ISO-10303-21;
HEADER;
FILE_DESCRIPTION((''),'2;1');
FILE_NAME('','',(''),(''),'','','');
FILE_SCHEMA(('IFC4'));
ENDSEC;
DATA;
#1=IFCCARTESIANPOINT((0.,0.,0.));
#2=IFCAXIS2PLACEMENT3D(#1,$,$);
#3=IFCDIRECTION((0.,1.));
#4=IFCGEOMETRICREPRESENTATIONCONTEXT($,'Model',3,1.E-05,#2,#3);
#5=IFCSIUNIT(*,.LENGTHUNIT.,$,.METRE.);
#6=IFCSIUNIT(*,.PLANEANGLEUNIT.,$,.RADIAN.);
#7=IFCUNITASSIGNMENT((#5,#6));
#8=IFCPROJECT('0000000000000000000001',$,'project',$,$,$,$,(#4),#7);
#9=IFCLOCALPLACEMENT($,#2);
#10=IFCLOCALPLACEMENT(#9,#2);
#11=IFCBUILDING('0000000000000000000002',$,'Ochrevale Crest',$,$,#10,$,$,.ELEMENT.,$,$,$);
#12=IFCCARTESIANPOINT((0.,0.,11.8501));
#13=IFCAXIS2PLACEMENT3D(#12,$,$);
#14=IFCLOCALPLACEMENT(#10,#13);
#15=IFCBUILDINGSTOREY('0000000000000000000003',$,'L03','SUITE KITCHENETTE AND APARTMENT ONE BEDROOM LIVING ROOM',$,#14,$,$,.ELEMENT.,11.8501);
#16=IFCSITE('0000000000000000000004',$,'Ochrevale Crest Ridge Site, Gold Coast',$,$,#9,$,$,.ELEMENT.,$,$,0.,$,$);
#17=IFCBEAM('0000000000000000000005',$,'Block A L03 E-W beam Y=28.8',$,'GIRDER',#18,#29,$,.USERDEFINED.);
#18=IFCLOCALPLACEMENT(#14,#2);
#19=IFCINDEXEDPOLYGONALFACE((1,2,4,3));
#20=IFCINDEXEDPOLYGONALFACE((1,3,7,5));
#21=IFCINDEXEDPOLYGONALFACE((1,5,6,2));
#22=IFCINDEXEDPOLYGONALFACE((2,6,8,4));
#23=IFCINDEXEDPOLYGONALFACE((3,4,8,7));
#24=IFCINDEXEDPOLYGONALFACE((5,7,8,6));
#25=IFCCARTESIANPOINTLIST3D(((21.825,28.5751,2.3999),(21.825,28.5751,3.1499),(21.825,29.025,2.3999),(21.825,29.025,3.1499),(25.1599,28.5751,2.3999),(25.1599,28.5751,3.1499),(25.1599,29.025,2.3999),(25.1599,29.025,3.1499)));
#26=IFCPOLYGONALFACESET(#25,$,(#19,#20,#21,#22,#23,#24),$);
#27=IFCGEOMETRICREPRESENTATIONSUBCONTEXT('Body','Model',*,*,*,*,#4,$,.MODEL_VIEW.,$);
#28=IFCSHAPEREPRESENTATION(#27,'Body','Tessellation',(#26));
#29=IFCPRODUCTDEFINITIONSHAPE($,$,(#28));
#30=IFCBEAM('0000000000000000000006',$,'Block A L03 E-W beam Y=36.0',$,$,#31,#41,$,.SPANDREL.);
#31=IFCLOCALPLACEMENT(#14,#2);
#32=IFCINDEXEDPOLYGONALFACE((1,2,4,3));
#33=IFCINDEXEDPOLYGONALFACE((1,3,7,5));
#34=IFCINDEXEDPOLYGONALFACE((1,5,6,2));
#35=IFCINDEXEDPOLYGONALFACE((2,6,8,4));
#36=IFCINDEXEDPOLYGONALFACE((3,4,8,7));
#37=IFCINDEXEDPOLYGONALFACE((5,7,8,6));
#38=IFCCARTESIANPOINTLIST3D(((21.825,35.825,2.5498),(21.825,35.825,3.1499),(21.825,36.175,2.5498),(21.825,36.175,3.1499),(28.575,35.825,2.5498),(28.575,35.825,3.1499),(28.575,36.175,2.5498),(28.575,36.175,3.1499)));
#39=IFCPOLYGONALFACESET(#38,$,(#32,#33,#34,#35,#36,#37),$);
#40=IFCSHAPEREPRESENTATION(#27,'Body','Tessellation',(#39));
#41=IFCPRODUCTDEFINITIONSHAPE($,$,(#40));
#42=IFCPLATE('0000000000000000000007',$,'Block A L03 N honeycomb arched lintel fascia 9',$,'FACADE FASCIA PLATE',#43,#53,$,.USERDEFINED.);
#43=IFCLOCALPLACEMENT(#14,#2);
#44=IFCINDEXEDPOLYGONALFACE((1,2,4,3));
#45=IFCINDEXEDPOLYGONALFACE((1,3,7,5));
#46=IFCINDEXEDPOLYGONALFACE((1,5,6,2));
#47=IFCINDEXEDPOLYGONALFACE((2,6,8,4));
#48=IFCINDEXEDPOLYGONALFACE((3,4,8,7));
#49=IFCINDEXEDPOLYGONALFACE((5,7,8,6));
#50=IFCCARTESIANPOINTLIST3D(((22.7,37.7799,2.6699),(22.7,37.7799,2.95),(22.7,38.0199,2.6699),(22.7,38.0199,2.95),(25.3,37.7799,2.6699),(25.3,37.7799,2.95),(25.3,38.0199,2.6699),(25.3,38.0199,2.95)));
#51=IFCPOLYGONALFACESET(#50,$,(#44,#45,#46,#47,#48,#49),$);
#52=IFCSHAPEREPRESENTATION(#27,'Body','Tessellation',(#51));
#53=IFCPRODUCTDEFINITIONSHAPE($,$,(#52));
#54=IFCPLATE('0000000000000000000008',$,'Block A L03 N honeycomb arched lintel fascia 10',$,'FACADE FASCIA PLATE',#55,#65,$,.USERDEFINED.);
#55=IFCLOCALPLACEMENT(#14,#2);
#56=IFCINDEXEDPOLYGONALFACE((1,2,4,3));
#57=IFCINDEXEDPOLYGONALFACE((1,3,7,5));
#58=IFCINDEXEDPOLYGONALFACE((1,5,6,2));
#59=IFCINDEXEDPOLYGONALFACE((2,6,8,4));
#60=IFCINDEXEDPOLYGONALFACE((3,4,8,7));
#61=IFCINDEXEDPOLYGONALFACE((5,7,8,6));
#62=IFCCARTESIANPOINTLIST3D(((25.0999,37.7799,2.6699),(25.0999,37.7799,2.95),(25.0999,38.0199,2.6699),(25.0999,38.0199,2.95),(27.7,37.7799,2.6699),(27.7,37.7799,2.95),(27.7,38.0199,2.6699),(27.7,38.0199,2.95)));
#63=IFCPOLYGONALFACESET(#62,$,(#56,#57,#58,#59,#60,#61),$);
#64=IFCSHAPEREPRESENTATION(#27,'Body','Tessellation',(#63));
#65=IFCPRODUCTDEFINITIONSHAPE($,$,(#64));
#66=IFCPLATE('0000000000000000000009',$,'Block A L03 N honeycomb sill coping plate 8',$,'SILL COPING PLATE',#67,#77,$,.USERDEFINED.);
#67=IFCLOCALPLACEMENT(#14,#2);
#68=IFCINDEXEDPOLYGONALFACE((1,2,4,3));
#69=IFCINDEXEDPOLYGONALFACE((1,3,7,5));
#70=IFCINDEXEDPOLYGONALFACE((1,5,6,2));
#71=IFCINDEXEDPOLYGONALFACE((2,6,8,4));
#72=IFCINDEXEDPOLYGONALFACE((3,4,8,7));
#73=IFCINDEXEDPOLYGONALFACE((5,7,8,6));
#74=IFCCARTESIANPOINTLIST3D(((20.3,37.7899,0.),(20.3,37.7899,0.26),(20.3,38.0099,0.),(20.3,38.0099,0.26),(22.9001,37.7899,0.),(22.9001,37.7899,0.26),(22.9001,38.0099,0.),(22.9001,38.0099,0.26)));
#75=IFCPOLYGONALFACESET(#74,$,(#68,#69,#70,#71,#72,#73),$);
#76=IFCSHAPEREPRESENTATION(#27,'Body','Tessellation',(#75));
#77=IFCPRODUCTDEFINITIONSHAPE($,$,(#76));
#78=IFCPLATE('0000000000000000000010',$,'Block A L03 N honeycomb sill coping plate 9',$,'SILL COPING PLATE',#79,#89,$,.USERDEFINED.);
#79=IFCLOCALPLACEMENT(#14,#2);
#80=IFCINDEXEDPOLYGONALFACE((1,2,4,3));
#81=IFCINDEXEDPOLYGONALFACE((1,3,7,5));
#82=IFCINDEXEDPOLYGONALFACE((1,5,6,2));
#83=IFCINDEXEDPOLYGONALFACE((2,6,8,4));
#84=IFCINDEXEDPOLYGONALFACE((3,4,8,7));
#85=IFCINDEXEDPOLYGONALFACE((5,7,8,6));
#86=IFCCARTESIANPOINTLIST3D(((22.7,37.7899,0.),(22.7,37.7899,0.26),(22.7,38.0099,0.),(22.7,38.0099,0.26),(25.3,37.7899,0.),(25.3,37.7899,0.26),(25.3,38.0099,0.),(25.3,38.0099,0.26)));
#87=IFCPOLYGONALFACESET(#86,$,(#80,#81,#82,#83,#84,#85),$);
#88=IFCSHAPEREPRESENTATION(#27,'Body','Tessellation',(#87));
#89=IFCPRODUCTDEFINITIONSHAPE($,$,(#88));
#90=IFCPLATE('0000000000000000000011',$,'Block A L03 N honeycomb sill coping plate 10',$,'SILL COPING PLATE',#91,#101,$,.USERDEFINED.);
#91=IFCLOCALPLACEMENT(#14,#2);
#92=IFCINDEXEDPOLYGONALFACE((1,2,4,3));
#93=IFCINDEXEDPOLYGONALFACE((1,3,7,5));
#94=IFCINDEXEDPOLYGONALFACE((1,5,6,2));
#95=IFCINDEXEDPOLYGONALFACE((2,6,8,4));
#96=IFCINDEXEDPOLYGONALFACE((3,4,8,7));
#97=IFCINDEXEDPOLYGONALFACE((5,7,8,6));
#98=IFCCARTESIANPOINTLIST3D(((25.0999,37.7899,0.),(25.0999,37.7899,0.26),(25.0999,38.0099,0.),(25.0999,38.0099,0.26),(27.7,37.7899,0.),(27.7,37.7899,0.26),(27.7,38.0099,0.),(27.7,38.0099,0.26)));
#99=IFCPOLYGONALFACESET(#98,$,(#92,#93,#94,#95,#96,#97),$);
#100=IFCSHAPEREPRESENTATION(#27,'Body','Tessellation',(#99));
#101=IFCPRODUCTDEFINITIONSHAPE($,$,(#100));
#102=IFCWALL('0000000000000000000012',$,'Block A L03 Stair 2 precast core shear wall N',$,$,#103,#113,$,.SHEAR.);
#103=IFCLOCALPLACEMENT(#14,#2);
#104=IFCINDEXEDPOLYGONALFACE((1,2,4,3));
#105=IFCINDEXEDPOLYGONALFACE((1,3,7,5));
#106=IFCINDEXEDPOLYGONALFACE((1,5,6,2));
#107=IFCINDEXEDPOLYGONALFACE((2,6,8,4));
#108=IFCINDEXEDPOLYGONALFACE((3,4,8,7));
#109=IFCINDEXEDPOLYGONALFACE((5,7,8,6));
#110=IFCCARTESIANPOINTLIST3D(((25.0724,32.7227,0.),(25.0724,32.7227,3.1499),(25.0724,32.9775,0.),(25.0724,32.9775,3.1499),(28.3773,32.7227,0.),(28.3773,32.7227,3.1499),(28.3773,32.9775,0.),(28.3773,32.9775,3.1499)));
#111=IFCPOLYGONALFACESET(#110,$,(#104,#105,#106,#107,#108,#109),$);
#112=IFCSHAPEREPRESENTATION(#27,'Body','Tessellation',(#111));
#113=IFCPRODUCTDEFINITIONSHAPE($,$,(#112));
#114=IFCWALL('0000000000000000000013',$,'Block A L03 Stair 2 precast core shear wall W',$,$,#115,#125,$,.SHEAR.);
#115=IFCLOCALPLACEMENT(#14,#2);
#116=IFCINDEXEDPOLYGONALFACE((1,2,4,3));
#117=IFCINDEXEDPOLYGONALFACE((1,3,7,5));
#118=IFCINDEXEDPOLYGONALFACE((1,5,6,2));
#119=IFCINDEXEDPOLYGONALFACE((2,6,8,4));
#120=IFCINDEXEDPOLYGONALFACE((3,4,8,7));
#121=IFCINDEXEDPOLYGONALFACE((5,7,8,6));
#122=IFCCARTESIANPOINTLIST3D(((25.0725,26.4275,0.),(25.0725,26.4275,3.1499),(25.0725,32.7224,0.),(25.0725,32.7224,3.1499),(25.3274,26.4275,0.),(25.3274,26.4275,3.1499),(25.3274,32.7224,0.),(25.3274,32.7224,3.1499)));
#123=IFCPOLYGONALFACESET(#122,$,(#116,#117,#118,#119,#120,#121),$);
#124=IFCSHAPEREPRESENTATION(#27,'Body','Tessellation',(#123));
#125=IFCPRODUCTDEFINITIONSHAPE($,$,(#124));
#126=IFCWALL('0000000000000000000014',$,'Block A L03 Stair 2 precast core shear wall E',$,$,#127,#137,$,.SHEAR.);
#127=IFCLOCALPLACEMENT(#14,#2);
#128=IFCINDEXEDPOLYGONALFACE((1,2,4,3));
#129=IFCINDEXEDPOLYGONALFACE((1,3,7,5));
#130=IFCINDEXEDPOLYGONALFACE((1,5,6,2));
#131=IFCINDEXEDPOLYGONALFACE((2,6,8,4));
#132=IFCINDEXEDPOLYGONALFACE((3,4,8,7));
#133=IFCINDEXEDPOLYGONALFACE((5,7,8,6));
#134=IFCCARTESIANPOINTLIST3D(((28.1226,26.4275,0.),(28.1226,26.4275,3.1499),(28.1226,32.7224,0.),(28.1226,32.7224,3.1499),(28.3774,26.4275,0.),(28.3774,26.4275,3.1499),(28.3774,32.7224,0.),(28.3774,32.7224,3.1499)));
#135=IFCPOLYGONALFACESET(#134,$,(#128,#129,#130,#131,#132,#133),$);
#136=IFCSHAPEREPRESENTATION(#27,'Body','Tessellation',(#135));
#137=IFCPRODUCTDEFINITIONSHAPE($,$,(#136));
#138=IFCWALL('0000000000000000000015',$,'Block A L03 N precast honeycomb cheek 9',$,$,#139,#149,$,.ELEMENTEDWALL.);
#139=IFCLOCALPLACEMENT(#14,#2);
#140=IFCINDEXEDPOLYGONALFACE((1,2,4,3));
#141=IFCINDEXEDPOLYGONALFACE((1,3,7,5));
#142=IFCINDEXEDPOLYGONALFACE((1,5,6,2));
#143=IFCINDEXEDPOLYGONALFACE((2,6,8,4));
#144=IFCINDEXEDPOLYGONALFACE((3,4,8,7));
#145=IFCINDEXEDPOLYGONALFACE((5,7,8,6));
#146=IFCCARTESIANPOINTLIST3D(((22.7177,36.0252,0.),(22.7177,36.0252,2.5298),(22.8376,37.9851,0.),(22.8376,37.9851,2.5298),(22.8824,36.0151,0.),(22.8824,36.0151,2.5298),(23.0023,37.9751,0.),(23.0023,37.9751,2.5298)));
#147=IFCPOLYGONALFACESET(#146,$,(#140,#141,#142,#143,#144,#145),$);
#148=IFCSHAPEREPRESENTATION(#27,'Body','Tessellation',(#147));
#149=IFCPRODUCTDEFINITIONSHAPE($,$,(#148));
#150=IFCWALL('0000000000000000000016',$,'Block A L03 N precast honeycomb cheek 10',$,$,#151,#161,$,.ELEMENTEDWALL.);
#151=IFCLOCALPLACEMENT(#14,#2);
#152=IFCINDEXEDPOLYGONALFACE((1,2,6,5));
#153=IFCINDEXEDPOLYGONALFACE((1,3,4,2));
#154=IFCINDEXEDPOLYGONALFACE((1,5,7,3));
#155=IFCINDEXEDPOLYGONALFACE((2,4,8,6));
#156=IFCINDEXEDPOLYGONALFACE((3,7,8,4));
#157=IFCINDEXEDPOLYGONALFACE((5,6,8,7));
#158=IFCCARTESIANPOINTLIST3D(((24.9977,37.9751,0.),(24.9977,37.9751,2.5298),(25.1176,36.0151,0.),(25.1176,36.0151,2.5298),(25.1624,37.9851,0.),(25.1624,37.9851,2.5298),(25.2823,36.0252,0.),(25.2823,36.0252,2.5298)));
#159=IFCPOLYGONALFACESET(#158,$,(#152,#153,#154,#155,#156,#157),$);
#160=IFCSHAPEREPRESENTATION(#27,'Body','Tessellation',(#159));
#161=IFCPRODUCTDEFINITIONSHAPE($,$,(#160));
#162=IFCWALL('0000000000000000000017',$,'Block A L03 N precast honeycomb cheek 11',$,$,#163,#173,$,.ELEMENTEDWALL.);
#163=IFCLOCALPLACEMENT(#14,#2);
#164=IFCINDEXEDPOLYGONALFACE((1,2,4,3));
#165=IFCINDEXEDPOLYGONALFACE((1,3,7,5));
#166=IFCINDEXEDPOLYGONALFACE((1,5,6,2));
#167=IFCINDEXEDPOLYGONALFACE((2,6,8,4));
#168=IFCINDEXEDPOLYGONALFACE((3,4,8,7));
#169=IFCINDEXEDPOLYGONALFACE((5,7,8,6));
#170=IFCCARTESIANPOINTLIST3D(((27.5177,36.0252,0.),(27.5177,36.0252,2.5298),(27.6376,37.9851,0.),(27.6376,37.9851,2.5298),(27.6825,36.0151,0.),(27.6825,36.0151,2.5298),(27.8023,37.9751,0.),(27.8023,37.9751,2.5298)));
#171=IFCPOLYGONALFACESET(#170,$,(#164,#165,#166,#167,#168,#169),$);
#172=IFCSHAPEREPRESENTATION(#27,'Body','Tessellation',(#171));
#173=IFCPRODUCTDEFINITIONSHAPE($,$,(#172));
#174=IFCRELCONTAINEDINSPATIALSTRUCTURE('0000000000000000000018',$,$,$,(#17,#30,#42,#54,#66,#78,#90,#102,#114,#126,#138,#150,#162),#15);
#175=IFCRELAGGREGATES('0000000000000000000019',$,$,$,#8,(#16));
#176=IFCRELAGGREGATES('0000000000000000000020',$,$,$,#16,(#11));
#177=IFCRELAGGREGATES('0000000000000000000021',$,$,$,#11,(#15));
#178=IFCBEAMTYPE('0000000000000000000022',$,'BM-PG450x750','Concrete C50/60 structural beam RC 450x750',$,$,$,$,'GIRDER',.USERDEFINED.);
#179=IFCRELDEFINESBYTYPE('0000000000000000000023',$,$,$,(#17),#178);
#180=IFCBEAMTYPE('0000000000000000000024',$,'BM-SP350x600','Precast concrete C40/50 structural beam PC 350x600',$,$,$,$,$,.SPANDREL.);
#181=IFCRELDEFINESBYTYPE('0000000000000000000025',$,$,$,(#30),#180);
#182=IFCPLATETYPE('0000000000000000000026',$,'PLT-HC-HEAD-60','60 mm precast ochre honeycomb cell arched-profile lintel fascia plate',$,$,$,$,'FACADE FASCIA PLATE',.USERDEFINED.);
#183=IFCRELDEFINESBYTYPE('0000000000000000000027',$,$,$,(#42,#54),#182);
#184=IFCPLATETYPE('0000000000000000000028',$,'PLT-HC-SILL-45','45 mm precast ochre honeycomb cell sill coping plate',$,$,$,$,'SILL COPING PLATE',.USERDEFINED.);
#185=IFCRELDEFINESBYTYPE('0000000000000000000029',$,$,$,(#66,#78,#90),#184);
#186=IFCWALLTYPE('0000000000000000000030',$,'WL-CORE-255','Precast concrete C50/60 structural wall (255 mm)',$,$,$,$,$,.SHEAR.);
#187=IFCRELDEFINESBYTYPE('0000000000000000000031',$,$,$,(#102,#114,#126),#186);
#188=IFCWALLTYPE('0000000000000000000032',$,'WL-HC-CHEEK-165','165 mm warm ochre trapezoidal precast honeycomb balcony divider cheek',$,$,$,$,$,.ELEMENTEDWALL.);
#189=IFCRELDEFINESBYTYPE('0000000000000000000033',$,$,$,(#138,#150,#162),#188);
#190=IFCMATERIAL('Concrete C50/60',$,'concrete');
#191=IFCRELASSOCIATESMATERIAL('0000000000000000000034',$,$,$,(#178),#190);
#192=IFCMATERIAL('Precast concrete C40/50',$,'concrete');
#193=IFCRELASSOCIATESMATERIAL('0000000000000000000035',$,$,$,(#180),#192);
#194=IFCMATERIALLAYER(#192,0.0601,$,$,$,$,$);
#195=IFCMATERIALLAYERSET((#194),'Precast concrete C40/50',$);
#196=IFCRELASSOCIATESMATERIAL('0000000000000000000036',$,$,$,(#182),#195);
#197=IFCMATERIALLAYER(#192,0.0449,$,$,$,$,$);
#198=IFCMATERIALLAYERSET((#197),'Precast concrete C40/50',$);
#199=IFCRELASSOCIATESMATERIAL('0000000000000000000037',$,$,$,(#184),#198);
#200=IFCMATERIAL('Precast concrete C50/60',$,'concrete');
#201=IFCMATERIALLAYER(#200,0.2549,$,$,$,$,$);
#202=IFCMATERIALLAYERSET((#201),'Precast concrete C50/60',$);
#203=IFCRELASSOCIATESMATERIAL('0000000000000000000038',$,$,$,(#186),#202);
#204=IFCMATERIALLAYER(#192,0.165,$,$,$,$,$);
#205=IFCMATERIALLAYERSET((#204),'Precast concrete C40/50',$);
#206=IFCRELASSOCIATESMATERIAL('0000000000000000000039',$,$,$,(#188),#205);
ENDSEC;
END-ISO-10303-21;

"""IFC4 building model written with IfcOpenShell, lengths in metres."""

from ifc_helpers import new_model, si_unit, direction, frame, frame_2d, origin, origin_2d, place, context, subcontext, project, spatial, rectangle, extrude, material, layer, layer_set, material_profile, profile_set, type_object, element, save


model = new_model("IFC4")

# Units and contexts
model_context = context("Model", 3, precision=1e-05, world=origin(), true_north=direction((0.0, 1.0)))
body_context = subcontext(model_context, "Body", "Model", "MODEL_VIEW")
ifc_project = project(units=[si_unit("LENGTHUNIT", "METRE"), si_unit("PLANEANGLEUNIT", "RADIAN")], contexts=[model_context])

# Site, building, storey
site_placement = place(None, origin())
site = spatial("IfcSite", under=ifc_project, at=site_placement, Name="Ochrevale Crest Ridge Site, Gold Coast", CompositionType="ELEMENT", RefElevation=0.0)
building_placement = place(site_placement, origin())
building = spatial("IfcBuilding", under=site, at=building_placement, Name="Ochrevale Crest", CompositionType="ELEMENT")
storey_placement = place(building_placement, frame((0.0, 0.0, 11.8501)))
storey = spatial("IfcBuildingStorey", under=building, at=storey_placement, Name="L03", Description="SUITE KITCHENETTE AND APARTMENT ONE BEDROOM LIVING ROOM", CompositionType="ELEMENT", Elevation=11.8501)

# Beams
ifc_material_1 = material(Name="Concrete C50/60", Category="concrete")
ifc_material_profile_1 = material_profile(ifc_material_1, rectangle(XDim=0.45, YDim=0.75, at=origin_2d()), Name="RC 450x750")
ifc_profile_set_1 = profile_set([ifc_material_profile_1], Name="Concrete C50/60")
beam_type_1 = type_object("IfcBeamType", Name="BM-PG450x750", Description="Concrete C50/60 structural beam RC 450x750", ElementType="GIRDER", PredefinedType="USERDEFINED", material=ifc_profile_set_1)
beam_1_placement = place(storey_placement, frame((21.825, 28.8, 2.7749), z_axis=(1.0, 0.0, 0.0), x_axis=(0.0, 1.0, 0.0)))
element("IfcBeam", 1, at=beam_1_placement, inside=storey, type_object=beam_type_1, Name="Block A L03 E-W beam Y=28.8", ObjectType="GIRDER", PredefinedType="USERDEFINED", context=body_context, shape_type="SweptSolid", body=[
    extrude(rectangle(XDim=0.45, YDim=0.75, at=origin_2d()), origin(), (0.0, 0.0, 1.0), 3.335),
])
ifc_material_2 = material(Name="Precast concrete C40/50", Category="concrete")
ifc_material_profile_2 = material_profile(ifc_material_2, rectangle(XDim=0.3501, YDim=0.6001, at=origin_2d()), Name="PC 350x600")
ifc_profile_set_2 = profile_set([ifc_material_profile_2], Name="Precast concrete C40/50")
beam_type_2 = type_object("IfcBeamType", Name="BM-SP350x600", Description="Precast concrete C40/50 structural beam PC 350x600", PredefinedType="SPANDREL", material=ifc_profile_set_2)
beam_2_placement = place(storey_placement, frame((21.825, 36.0, 2.8499), z_axis=(1.0, 0.0, 0.0), x_axis=(0.0, 1.0, 0.0)))
element("IfcBeam", 2, at=beam_2_placement, inside=storey, type_object=beam_type_2, Name="Block A L03 E-W beam Y=36.0", PredefinedType="SPANDREL", context=body_context, shape_type="SweptSolid", body=[
    extrude(rectangle(XDim=0.3501, YDim=0.6001, at=origin_2d()), origin(), (0.0, 0.0, 1.0), 6.75),
])

# Plates
ifc_layer_1 = layer(ifc_material_2, 0.0601)
ifc_layer_set_1 = layer_set([ifc_layer_1], Name="Precast concrete C40/50")
plate_type_1 = type_object("IfcPlateType", Name="PLT-HC-HEAD-60", Description="60 mm precast ochre honeycomb cell arched-profile lintel fascia plate", ElementType="FACADE FASCIA PLATE", PredefinedType="USERDEFINED", material=ifc_layer_set_1)
for number, where, z_axis, x_axis, name in (
    (3, (24.0, 37.8999, 2.6699), (0.0, 0.0, 1.0), (1.0, 0.0, 0.0), "Block A L03 N honeycomb arched lintel fascia 9"),
    (4, (26.3999, 37.8999, 2.6699), (0.0, 0.0, 1.0), (1.0, 0.0, 0.0), "Block A L03 N honeycomb arched lintel fascia 10"),
):
    element("IfcPlate", number, at=place(storey_placement, frame(where, z_axis=z_axis, x_axis=x_axis)), inside=storey, type_object=plate_type_1, Name=name, ObjectType="FACADE FASCIA PLATE", PredefinedType="USERDEFINED", context=body_context, shape_type="SweptSolid", body=[
        extrude(rectangle(XDim=2.6001, YDim=0.24, at=origin_2d()), origin(), (0.0, 0.0, 1.0), 0.28),
    ])
ifc_layer_2 = layer(ifc_material_2, 0.0449)
ifc_layer_set_2 = layer_set([ifc_layer_2], Name="Precast concrete C40/50")
plate_type_2 = type_object("IfcPlateType", Name="PLT-HC-SILL-45", Description="45 mm precast ochre honeycomb cell sill coping plate", ElementType="SILL COPING PLATE", PredefinedType="USERDEFINED", material=ifc_layer_set_2)
for number, where, z_axis, x_axis, name in (
    (5, (21.6001, 37.8999, 0.0), (0.0, 0.0, 1.0), (1.0, 0.0, 0.0), "Block A L03 N honeycomb sill coping plate 8"),
    (6, (24.0, 37.8999, 0.0), (0.0, 0.0, 1.0), (1.0, 0.0, 0.0), "Block A L03 N honeycomb sill coping plate 9"),
    (7, (26.3999, 37.8999, 0.0), (0.0, 0.0, 1.0), (1.0, 0.0, 0.0), "Block A L03 N honeycomb sill coping plate 10"),
):
    element("IfcPlate", number, at=place(storey_placement, frame(where, z_axis=z_axis, x_axis=x_axis)), inside=storey, type_object=plate_type_2, Name=name, ObjectType="SILL COPING PLATE", PredefinedType="USERDEFINED", context=body_context, shape_type="SweptSolid", body=[
        extrude(rectangle(XDim=2.6001, YDim=0.22, at=origin_2d()), origin(), (0.0, 0.0, 1.0), 0.26),
    ])

# Shared definitions
ifc_material_3 = material(Name="Precast concrete C50/60", Category="concrete")
ifc_layer_3 = layer(ifc_material_3, 0.2549)
ifc_layer_set_3 = layer_set([ifc_layer_3], Name="Precast concrete C50/60")
wall_type_1 = type_object("IfcWallType", Name="WL-CORE-255", Description="Precast concrete C50/60 structural wall (255 mm)", PredefinedType="SHEAR", material=ifc_layer_set_3)

# Walls
wall_1_placement = place(storey_placement, frame((25.0725, 32.8501, 0.0), z_axis=(0.0, 0.0, 1.0), x_axis=(1.0, 0.0, 0.0)))
element("IfcWall", 8, at=wall_1_placement, inside=storey, type_object=wall_type_1, Name="Block A L03 Stair 2 precast core shear wall N", PredefinedType="SHEAR", context=body_context, shape_type="SweptSolid", body=[
    extrude(rectangle(XDim=3.3049, YDim=0.2549, at=frame_2d((1.6523, 0.0))), origin(), (0.0, 0.0, 1.0), 3.1499),
])
for number, where, z_axis, x_axis, name in (
    (9, (25.2, 26.4275, 0.0), (0.0, 0.0, 1.0), (0.0, 1.0, 0.0), "Block A L03 Stair 2 precast core shear wall W"),
    (10, (28.25, 26.4275, 0.0), (0.0, 0.0, 1.0), (0.0, 1.0, 0.0), "Block A L03 Stair 2 precast core shear wall E"),
):
    element("IfcWall", number, at=place(storey_placement, frame(where, z_axis=z_axis, x_axis=x_axis)), inside=storey, type_object=wall_type_1, Name=name, PredefinedType="SHEAR", context=body_context, shape_type="SweptSolid", body=[
        extrude(rectangle(XDim=6.2949, YDim=0.2549, at=frame_2d((3.1475, 0.0))), origin(), (0.0, 0.0, 1.0), 3.1499),
    ])
ifc_layer_4 = layer(ifc_material_2, 0.165)
ifc_layer_set_4 = layer_set([ifc_layer_4], Name="Precast concrete C40/50")
wall_type_2 = type_object("IfcWallType", Name="WL-HC-CHEEK-165", Description="165 mm warm ochre trapezoidal precast honeycomb balcony divider cheek", PredefinedType="ELEMENTEDWALL", material=ifc_layer_set_4)
for number, where, z_axis, x_axis, name in (
    (11, (22.8, 36.02, 0.0), (0.0, 0.0, 1.0), (0.061047, 0.998135, 0.0), "Block A L03 N precast honeycomb cheek 9"),
    (12, (25.2, 36.02, 0.0), (0.0, 0.0, 1.0), (-0.061047, 0.998135, 0.0), "Block A L03 N precast honeycomb cheek 10"),
    (13, (27.6001, 36.02, 0.0), (0.0, 0.0, 1.0), (0.061047, 0.998135, 0.0), "Block A L03 N precast honeycomb cheek 11"),
):
    element("IfcWall", number, at=place(storey_placement, frame(where, z_axis=z_axis, x_axis=x_axis)), inside=storey, type_object=wall_type_2, Name=name, PredefinedType="ELEMENTEDWALL", context=body_context, shape_type="SweptSolid", body=[
        extrude(rectangle(XDim=1.9636, YDim=0.165, at=frame_2d((0.9819, 0.0))), origin(), (0.0, 0.0, 1.0), 2.5298),
    ])

save(model, "model.ifc")
